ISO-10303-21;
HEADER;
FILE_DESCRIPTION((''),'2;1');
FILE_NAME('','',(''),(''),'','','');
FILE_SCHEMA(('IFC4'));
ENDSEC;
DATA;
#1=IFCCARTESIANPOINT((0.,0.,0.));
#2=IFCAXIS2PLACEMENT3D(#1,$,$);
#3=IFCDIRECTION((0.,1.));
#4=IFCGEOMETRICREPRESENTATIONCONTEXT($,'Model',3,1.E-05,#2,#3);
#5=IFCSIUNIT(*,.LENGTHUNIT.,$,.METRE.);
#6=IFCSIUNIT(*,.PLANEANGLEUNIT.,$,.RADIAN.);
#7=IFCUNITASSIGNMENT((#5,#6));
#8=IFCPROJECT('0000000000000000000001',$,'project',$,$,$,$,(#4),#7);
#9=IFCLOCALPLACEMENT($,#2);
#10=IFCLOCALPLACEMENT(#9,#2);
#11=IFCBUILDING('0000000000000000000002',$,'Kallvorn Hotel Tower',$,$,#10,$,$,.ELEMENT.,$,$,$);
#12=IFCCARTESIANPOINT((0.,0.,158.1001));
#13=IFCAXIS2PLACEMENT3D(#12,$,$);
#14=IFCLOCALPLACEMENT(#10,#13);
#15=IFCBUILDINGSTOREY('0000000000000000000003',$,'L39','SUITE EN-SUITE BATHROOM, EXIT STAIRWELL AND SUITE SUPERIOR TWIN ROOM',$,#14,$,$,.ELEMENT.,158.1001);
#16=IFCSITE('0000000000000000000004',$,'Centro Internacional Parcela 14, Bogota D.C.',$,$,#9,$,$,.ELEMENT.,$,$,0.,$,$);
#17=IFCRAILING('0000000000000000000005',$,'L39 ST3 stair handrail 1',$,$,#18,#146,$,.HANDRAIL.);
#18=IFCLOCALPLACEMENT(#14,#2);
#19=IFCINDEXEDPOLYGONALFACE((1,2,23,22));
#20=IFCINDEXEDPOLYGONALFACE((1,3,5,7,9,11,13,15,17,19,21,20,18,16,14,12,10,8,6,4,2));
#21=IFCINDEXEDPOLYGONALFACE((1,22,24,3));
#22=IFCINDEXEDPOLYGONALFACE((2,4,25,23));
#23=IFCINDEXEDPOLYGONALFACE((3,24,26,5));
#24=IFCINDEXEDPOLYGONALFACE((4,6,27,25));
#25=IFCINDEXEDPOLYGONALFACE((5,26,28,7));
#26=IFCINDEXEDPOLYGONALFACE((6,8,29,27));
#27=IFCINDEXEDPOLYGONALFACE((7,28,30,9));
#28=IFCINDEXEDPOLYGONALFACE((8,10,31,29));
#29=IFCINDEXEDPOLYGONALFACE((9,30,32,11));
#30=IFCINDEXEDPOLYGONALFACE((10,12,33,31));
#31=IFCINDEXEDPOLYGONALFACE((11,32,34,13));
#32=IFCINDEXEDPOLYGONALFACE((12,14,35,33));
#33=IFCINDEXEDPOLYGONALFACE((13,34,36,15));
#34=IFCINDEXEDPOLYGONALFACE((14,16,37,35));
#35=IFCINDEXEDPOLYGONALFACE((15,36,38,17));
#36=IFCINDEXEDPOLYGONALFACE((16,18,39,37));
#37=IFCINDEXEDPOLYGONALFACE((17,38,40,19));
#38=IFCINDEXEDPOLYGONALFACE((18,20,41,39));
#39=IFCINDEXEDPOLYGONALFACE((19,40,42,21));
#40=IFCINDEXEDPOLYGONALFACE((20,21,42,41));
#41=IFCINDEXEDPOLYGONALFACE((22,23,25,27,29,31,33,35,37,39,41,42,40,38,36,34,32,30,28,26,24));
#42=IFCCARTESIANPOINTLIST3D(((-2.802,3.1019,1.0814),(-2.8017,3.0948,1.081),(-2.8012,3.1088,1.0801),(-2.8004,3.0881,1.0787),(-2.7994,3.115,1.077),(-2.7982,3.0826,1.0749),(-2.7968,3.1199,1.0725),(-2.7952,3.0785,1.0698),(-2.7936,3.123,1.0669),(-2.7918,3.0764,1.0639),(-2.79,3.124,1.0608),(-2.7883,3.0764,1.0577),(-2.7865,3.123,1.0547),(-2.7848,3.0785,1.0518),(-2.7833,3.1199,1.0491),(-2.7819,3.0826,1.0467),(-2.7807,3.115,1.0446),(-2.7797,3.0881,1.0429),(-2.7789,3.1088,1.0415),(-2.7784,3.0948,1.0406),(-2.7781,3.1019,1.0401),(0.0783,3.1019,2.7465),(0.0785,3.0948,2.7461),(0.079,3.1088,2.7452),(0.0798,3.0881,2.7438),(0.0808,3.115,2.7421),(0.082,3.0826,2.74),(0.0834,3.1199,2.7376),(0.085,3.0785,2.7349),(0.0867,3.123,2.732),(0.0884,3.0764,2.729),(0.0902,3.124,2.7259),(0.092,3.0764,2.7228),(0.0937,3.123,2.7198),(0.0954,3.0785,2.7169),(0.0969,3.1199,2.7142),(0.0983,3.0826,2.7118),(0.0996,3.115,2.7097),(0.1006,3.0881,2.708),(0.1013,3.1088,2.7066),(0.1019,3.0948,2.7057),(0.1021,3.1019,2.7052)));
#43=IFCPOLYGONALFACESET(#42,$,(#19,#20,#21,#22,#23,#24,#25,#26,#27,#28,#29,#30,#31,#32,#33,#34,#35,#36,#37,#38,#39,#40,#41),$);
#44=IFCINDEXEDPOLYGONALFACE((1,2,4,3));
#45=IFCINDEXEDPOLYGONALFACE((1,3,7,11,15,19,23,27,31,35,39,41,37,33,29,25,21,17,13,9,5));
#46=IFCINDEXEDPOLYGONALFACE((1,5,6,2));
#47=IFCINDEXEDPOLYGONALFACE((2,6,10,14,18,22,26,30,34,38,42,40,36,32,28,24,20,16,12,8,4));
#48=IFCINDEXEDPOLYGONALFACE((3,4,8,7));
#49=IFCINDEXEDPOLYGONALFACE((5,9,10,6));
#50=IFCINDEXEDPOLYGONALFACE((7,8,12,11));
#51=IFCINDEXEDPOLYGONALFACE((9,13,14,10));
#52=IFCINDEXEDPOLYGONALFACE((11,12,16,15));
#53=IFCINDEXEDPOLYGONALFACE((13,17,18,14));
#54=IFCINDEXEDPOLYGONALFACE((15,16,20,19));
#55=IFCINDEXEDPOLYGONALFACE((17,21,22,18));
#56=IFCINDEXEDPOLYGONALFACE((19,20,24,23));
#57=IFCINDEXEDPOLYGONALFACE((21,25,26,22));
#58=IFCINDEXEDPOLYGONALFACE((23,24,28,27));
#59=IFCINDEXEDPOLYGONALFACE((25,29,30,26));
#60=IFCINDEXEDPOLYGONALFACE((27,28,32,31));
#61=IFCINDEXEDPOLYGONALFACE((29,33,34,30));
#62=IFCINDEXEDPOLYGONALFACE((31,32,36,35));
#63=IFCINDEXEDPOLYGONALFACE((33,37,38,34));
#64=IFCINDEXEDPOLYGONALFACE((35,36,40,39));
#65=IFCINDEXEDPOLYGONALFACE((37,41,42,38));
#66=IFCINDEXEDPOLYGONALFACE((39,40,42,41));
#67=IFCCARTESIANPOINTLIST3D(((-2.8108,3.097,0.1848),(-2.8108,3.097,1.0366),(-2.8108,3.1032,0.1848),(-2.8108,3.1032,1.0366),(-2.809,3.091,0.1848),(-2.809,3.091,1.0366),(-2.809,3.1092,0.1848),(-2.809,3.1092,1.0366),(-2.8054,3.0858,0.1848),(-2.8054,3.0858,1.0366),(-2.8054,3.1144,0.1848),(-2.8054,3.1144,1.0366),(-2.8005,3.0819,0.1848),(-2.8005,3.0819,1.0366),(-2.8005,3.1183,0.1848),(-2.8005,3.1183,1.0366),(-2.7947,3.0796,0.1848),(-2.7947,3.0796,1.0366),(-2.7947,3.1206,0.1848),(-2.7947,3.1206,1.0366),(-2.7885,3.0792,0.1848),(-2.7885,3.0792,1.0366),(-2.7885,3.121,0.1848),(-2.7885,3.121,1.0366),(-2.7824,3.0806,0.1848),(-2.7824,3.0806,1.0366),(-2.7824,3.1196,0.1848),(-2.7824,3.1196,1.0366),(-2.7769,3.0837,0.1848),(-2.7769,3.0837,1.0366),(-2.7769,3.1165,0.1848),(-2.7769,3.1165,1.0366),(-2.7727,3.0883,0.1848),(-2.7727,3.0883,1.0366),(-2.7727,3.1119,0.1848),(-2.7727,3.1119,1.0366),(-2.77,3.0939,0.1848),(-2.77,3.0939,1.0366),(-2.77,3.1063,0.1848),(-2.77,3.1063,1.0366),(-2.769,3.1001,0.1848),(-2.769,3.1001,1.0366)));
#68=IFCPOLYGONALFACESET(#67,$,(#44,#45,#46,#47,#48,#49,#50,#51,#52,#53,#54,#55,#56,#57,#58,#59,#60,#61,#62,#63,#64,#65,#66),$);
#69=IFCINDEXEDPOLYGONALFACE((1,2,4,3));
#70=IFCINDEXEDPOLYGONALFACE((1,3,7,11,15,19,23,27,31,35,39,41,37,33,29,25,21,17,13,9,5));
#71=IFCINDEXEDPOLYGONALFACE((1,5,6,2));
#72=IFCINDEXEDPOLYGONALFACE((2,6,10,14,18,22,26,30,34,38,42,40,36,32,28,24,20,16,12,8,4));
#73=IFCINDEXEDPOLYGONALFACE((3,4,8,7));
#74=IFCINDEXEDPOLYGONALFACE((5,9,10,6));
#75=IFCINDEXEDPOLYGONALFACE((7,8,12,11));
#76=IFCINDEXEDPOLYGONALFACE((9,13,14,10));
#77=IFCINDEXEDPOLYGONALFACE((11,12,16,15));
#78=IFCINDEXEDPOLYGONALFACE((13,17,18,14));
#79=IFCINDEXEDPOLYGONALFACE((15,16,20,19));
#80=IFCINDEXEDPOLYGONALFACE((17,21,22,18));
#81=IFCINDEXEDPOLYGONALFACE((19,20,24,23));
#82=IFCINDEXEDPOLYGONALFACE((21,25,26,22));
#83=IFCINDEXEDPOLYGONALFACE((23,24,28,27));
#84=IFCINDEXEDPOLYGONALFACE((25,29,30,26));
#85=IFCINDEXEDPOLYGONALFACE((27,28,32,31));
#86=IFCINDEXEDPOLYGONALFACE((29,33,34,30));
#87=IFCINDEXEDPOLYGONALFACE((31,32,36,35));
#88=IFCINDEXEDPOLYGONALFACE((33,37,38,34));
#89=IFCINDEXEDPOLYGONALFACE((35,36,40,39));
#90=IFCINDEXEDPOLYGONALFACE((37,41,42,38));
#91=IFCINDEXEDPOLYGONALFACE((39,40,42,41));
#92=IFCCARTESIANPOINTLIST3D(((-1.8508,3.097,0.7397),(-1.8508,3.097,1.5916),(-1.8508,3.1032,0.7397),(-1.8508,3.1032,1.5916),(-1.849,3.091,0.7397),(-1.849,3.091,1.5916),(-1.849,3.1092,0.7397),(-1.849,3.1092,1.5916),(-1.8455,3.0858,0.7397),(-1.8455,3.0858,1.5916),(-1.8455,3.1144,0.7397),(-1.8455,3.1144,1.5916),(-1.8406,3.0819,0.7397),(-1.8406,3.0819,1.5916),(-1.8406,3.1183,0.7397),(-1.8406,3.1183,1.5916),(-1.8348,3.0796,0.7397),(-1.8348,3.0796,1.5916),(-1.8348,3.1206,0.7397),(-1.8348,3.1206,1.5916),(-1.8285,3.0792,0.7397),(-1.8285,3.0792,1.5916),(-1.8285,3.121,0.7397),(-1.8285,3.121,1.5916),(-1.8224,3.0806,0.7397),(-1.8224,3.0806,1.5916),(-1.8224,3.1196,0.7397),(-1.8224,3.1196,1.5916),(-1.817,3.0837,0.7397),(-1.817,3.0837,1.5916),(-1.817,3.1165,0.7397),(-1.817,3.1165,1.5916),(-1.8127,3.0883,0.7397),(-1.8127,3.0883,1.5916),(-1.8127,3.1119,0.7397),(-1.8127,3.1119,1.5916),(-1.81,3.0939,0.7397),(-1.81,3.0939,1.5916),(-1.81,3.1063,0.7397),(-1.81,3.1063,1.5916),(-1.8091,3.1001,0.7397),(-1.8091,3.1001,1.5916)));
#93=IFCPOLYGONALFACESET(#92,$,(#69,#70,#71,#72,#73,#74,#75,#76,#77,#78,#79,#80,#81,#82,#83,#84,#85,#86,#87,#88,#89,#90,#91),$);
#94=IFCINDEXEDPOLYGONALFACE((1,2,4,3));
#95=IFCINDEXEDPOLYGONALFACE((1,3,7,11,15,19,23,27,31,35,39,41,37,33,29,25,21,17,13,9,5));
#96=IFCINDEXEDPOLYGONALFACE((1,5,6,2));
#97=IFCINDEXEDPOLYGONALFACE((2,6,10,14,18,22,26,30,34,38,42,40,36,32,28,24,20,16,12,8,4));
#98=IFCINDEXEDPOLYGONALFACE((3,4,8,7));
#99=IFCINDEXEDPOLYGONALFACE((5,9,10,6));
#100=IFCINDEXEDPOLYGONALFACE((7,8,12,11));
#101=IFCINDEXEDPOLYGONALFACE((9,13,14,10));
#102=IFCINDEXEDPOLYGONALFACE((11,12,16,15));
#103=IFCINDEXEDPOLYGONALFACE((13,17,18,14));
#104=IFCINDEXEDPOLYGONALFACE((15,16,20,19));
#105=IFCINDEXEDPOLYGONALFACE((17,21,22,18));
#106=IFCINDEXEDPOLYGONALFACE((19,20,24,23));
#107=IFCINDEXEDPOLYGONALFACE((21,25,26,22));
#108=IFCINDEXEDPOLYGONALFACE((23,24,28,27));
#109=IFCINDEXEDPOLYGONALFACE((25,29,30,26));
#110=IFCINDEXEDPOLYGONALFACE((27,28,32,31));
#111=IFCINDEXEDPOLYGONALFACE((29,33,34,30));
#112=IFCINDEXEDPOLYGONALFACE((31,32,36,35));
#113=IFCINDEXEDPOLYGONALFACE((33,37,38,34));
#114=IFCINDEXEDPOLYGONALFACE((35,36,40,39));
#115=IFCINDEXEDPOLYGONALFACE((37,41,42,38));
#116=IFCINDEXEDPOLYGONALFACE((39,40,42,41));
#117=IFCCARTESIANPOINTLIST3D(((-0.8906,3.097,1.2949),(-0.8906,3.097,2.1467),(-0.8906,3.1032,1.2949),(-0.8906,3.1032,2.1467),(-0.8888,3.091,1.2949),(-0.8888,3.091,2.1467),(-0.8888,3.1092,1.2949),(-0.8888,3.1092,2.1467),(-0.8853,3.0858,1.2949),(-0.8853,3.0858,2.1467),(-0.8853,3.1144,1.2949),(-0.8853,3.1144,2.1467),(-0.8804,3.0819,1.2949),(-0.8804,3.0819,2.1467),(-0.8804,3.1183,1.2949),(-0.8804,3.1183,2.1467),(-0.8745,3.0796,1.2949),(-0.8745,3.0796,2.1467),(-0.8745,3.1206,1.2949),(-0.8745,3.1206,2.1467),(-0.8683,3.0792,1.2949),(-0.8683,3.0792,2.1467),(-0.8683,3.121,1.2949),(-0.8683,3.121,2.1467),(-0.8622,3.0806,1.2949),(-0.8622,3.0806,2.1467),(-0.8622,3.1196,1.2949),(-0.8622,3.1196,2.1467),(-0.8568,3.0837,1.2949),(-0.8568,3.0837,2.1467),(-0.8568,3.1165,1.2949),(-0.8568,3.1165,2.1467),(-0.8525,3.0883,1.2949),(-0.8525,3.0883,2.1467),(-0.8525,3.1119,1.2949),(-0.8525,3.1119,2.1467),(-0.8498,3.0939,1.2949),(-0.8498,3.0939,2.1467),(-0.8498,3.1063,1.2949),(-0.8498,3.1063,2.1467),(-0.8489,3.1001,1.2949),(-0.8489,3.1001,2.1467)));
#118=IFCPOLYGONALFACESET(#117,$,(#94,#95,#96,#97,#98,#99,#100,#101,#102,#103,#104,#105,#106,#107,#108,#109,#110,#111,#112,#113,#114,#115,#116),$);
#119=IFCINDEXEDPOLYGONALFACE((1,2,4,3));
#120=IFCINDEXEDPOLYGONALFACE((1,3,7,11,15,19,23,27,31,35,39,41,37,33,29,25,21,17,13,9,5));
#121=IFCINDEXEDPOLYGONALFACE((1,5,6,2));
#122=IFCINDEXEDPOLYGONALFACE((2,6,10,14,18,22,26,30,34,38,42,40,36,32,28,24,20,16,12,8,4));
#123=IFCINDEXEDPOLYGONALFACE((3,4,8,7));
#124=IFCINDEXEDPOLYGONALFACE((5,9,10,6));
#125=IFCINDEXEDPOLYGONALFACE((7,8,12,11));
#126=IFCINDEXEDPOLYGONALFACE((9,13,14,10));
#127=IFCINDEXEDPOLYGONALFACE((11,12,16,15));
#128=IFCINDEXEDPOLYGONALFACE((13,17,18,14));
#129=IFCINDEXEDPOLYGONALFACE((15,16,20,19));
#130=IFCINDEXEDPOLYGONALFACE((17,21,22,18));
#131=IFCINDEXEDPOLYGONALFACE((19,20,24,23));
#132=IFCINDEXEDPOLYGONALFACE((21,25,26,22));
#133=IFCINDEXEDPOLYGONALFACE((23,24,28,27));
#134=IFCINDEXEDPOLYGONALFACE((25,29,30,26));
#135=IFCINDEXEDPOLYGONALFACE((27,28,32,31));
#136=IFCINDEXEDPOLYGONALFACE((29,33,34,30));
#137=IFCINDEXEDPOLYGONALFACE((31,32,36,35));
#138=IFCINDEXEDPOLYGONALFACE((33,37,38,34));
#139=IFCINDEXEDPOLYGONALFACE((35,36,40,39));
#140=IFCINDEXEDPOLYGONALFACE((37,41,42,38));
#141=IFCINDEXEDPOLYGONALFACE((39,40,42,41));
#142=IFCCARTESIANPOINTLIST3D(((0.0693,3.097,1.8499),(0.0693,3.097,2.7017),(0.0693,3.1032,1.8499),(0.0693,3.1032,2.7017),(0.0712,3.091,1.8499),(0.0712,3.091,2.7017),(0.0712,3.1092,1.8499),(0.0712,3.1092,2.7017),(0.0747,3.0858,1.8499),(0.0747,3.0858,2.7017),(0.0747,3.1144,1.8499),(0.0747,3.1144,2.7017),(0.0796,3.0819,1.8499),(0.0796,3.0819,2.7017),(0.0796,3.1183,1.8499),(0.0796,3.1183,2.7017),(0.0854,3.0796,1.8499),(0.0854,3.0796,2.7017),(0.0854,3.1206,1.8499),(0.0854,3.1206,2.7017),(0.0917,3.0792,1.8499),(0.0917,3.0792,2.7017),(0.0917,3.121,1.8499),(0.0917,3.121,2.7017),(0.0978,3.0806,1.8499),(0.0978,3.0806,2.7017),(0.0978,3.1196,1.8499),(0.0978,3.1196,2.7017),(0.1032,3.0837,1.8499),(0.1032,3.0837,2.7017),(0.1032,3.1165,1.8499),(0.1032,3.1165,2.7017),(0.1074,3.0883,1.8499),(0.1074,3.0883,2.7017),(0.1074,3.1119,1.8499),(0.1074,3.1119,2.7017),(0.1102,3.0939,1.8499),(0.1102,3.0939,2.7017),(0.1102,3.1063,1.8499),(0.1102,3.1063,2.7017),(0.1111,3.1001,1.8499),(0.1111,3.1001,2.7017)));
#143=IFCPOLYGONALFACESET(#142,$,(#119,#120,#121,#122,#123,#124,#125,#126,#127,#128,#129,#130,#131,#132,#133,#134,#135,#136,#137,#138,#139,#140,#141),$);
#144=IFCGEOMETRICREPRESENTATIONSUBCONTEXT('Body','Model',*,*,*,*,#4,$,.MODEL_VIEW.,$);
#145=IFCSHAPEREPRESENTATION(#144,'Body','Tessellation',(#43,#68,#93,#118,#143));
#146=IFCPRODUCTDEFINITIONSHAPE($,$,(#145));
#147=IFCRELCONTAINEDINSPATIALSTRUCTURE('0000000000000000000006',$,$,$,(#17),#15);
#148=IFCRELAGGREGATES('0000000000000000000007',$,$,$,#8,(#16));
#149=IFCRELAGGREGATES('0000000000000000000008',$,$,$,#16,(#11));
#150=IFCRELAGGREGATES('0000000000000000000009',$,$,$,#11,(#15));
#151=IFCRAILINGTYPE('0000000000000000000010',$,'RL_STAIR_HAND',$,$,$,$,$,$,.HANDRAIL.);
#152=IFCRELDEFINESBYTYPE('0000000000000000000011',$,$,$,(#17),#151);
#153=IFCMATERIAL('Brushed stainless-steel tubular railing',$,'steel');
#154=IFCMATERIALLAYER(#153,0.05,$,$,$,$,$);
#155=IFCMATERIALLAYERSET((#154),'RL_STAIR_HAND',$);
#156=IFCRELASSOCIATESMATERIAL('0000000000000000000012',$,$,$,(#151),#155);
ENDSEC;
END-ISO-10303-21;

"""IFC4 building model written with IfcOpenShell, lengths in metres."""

from ifc_helpers import new_model, si_unit, direction, frame, origin, origin_2d, place, context, subcontext, project, spatial, circle, extrude, material, layer, layer_set, type_object, element, save


model = new_model("IFC4")

# Units and contexts
model_context = context("Model", 3, precision=1e-05, world=origin(), true_north=direction((0.0, 1.0)))
body_context = subcontext(model_context, "Body", "Model", "MODEL_VIEW")
ifc_project = project(units=[si_unit("LENGTHUNIT", "METRE"), si_unit("PLANEANGLEUNIT", "RADIAN")], contexts=[model_context])

# Site, building, storey
site_placement = place(None, origin())
site = spatial("IfcSite", under=ifc_project, at=site_placement, Name="Centro Internacional Parcela 14, Bogota D.C.", CompositionType="ELEMENT", RefElevation=0.0)
building_placement = place(site_placement, origin())
building = spatial("IfcBuilding", under=site, at=building_placement, Name="Kallvorn Hotel Tower", CompositionType="ELEMENT")
storey_placement = place(building_placement, frame((0.0, 0.0, 158.1001)))
storey = spatial("IfcBuildingStorey", under=building, at=storey_placement, Name="L39", Description="SUITE EN-SUITE BATHROOM, EXIT STAIRWELL AND SUITE SUPERIOR TWIN ROOM", CompositionType="ELEMENT", Elevation=158.1001)

# Railing
ifc_material_1 = material(Name="Brushed stainless-steel tubular railing", Category="steel")
ifc_layer_1 = layer(ifc_material_1, 0.05)
ifc_layer_set_1 = layer_set([ifc_layer_1], Name="RL_STAIR_HAND")
railing_type_1 = type_object("IfcRailingType", Name="RL_STAIR_HAND", PredefinedType="HANDRAIL", material=ifc_layer_set_1)
railing_1_placement = place(storey_placement, frame((-2.79, 3.1001, 0.1848)))
element("IfcRailing", 1, at=railing_1_placement, inside=storey, type_object=railing_type_1, Name="L39 ST3 stair handrail 1", PredefinedType="HANDRAIL", context=body_context, shape_type="SweptSolid", body=[
    extrude(circle(Radius=0.0239, at=origin_2d()), frame((0.0, 0.0, 0.876), z_axis=(0.865739, 0.0, 0.500495), x_axis=(0.0, 1.0, 0.0)), (0.0, 0.0, 1.0), 3.3269),
    extrude(circle(Radius=0.021, at=origin_2d()), origin(), (0.0, 0.0, 1.0), 0.8518),
    extrude(circle(Radius=0.021, at=origin_2d()), frame((0.96, 0.0, 0.5549)), (0.0, 0.0, 1.0), 0.8518),
    extrude(circle(Radius=0.021, at=origin_2d()), frame((1.9202, 0.0, 1.1101)), (0.0, 0.0, 1.0), 0.8518),
    extrude(circle(Radius=0.021, at=origin_2d()), frame((2.8801, 0.0, 1.665)), (0.0, 0.0, 1.0), 0.8518),
])

save(model, "model.ifc")
